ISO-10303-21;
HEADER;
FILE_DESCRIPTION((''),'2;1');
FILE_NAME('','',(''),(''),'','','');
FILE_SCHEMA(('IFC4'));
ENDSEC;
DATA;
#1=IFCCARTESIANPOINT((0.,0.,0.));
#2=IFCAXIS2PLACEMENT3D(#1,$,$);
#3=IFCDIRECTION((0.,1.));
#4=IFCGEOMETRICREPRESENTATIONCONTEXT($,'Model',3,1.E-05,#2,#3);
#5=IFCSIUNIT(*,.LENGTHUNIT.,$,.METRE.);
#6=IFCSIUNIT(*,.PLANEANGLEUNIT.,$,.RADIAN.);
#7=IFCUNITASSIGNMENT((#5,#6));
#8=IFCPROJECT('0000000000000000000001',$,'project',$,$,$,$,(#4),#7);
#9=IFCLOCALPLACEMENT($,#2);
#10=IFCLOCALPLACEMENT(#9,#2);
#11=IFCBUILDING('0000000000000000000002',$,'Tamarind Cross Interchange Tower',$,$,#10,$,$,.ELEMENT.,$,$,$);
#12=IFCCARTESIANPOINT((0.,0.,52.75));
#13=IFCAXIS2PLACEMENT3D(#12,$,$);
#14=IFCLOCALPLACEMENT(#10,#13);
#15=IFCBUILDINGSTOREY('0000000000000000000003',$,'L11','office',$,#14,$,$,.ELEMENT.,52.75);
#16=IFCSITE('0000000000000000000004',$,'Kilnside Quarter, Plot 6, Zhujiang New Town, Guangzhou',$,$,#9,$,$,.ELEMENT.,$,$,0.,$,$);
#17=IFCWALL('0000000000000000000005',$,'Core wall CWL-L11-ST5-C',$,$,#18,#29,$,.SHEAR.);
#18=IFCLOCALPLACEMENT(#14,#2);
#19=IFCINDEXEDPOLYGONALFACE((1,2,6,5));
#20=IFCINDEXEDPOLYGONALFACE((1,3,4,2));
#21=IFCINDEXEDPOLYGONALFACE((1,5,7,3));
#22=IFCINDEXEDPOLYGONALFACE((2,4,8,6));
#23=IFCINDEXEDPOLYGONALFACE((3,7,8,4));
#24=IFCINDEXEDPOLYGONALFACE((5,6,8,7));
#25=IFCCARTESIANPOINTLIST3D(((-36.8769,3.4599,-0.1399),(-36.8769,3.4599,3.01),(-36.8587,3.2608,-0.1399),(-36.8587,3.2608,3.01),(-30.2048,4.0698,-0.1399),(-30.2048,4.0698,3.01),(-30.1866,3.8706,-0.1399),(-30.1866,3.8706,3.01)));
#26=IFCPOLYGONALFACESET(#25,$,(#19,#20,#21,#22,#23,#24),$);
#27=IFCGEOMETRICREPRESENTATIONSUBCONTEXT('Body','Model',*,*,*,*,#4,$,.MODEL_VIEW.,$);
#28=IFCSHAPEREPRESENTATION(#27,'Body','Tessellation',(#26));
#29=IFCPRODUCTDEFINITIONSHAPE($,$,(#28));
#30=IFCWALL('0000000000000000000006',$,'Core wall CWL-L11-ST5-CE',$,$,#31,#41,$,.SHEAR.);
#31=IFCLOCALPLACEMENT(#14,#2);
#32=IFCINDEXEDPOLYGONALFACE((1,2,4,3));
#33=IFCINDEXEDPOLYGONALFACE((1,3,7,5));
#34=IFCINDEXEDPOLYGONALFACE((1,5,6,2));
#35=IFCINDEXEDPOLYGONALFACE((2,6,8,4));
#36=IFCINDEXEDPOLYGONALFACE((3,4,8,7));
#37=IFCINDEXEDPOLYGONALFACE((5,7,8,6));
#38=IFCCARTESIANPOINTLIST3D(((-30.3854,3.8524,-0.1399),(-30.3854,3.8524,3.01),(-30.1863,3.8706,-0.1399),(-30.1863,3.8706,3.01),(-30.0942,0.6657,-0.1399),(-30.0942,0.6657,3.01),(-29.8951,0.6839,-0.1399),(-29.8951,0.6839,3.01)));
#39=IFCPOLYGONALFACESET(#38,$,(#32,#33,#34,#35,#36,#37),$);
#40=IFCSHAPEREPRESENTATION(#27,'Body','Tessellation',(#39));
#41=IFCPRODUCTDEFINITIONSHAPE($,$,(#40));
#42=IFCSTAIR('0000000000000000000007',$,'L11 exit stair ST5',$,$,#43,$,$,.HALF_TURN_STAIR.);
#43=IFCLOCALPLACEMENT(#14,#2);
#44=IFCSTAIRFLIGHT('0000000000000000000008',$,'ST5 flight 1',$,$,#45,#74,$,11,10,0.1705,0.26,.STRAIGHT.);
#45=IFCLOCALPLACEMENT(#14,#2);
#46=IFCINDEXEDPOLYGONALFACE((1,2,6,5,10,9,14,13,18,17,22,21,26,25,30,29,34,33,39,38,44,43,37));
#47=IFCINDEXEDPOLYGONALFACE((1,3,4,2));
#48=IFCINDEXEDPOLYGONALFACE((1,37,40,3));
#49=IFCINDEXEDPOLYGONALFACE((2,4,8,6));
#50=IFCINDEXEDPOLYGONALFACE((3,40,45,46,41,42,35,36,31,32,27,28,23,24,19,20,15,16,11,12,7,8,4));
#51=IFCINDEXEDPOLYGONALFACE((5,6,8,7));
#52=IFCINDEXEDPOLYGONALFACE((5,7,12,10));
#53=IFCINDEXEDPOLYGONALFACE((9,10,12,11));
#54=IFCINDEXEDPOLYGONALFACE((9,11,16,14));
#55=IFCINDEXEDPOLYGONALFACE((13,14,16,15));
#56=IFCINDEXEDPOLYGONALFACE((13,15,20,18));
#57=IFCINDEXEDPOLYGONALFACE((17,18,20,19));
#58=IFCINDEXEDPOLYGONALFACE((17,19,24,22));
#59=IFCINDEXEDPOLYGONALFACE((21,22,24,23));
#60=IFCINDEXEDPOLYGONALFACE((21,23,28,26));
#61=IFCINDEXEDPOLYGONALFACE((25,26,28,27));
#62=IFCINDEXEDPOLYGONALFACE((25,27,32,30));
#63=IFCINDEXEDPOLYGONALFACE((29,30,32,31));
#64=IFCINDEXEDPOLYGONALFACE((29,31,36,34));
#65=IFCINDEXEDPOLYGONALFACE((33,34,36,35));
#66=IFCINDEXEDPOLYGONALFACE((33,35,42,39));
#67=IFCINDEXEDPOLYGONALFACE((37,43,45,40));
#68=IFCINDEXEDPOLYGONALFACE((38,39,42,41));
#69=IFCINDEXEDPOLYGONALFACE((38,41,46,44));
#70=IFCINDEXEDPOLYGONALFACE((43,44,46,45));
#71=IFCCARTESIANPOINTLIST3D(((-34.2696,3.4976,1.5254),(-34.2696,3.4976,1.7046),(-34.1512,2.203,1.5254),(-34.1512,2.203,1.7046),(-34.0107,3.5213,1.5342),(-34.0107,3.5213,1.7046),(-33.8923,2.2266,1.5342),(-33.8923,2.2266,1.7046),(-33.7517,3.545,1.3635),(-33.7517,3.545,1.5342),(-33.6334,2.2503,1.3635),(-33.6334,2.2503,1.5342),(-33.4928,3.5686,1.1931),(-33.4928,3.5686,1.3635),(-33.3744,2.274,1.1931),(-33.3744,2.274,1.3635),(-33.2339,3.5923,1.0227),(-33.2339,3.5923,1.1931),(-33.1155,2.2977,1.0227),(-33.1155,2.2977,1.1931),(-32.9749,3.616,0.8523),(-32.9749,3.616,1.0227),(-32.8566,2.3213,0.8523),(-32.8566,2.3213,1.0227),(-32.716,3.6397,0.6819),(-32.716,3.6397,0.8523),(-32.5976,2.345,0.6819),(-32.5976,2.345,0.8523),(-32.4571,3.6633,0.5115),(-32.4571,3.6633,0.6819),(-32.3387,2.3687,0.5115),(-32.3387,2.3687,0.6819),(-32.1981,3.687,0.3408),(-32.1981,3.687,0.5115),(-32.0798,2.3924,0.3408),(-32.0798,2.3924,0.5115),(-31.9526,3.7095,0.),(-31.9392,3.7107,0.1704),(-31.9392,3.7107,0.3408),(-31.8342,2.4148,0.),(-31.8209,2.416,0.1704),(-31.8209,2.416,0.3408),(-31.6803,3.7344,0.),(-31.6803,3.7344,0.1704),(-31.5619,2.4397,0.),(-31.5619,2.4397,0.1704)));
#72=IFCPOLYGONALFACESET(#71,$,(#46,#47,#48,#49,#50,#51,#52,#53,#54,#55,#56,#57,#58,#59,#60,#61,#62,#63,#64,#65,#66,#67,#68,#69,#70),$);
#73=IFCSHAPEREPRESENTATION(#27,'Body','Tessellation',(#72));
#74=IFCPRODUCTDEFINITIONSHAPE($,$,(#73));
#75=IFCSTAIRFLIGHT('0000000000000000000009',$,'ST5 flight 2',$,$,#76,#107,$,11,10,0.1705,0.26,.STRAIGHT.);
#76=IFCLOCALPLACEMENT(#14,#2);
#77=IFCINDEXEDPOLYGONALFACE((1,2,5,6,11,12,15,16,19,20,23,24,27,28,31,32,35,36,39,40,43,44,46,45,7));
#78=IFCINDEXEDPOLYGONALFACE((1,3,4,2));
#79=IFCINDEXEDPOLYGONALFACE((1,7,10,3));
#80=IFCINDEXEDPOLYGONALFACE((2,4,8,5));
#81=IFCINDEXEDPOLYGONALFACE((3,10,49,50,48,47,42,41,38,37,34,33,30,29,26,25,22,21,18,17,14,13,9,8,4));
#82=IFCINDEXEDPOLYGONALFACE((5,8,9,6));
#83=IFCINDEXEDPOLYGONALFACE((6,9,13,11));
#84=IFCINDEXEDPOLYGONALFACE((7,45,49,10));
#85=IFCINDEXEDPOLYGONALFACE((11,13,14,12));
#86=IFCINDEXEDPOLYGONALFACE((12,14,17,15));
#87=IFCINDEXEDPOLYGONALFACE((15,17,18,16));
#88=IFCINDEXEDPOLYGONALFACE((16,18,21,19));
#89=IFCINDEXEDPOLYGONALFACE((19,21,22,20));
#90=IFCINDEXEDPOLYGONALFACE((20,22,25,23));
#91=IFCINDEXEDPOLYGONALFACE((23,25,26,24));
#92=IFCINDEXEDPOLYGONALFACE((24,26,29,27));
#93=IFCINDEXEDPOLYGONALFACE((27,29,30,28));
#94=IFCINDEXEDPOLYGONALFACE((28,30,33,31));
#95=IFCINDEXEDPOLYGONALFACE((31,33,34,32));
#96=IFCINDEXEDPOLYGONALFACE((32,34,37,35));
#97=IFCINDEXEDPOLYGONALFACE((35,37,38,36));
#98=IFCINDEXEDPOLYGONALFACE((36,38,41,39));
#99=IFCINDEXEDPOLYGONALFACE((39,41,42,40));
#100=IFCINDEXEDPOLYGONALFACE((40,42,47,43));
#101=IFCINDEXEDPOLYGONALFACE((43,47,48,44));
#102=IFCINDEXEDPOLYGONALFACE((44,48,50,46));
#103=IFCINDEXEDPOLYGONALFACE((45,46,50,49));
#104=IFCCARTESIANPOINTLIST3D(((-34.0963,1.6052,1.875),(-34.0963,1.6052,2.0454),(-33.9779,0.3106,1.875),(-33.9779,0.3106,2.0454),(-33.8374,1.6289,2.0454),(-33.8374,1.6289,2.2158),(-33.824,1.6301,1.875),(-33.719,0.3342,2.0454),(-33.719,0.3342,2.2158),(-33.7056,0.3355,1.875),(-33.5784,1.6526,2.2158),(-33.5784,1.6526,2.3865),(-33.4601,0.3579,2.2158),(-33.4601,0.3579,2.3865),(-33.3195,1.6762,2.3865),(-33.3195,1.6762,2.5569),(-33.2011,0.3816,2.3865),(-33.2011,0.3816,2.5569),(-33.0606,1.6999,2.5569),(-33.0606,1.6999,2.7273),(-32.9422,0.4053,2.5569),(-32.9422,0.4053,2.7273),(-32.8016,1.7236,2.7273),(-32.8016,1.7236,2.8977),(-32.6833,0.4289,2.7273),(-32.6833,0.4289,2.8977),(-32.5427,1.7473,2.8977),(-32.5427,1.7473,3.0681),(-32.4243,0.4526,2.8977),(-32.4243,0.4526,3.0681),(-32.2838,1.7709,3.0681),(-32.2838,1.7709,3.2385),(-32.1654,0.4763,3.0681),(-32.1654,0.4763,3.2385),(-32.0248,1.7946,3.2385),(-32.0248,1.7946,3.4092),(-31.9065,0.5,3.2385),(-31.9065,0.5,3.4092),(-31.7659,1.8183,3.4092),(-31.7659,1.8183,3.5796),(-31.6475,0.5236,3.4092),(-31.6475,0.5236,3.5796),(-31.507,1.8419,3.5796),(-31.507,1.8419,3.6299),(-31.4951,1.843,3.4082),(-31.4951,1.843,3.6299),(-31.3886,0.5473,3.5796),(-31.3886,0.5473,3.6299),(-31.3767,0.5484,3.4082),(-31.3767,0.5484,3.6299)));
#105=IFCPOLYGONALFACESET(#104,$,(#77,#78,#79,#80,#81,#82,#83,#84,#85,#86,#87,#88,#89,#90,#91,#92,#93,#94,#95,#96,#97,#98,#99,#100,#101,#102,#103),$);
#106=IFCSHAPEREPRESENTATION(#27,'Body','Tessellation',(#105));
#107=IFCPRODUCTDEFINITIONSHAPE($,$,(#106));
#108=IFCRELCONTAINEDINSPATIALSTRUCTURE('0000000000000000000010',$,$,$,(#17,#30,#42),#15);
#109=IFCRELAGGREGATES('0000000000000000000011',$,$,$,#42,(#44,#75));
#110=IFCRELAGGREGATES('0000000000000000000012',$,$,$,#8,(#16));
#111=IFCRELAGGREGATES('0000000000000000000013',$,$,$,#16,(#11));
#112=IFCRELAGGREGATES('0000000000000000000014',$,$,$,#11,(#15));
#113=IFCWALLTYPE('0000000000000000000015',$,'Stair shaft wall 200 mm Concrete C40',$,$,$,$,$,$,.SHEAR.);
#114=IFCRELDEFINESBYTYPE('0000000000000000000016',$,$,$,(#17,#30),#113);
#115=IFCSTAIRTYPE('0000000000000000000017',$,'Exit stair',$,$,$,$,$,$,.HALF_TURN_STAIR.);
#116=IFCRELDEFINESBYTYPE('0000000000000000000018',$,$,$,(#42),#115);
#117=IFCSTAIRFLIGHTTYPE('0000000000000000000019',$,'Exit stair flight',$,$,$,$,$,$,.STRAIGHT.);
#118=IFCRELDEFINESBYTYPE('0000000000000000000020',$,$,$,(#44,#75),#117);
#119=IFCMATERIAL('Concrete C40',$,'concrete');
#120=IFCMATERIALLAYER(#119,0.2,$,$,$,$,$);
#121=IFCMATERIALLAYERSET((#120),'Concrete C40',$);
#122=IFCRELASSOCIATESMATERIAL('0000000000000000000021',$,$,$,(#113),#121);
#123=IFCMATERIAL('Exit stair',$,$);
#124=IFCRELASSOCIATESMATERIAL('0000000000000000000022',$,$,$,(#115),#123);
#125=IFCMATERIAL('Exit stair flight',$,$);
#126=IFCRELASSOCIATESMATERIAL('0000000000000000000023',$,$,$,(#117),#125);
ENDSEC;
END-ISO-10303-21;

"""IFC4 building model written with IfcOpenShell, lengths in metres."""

from ifc_helpers import new_model, si_unit, direction, frame, frame_2d, origin, place, context, subcontext, project, spatial, polyline, rectangle, outline, extrude, material, layer, layer_set, type_object, element, aggregate, save


model = new_model("IFC4")

# Units and contexts
model_context = context("Model", 3, precision=1e-05, world=origin(), true_north=direction((0.0, 1.0)))
body_context = subcontext(model_context, "Body", "Model", "MODEL_VIEW")
ifc_project = project(units=[si_unit("LENGTHUNIT", "METRE"), si_unit("PLANEANGLEUNIT", "RADIAN")], contexts=[model_context])

# Site, building, storey
site_placement = place(None, origin())
site = spatial("IfcSite", under=ifc_project, at=site_placement, Name="Kilnside Quarter, Plot 6, Zhujiang New Town, Guangzhou", CompositionType="ELEMENT", RefElevation=0.0)
building_placement = place(site_placement, origin())
building = spatial("IfcBuilding", under=site, at=building_placement, Name="Tamarind Cross Interchange Tower", CompositionType="ELEMENT")
storey_placement = place(building_placement, frame((0.0, 0.0, 52.75)))
storey = spatial("IfcBuildingStorey", under=building, at=storey_placement, Name="L11", Description="office", CompositionType="ELEMENT", Elevation=52.75)

# Shared definitions
ifc_material_1 = material(Name="Concrete C40", Category="concrete")
ifc_layer_1 = layer(ifc_material_1, 0.2)
ifc_layer_set_1 = layer_set([ifc_layer_1], Name="Concrete C40")
wall_type_1 = type_object("IfcWallType", Name="Stair shaft wall 200 mm Concrete C40", PredefinedType="SHEAR", material=ifc_layer_set_1)

# Walls
wall_1_placement = place(storey_placement, frame((-30.1956, 3.9702, -0.1399), z_axis=(0.0, 0.0, 1.0), x_axis=(-0.995849, -0.091025, 0.0)))
element("IfcWall", 1, at=wall_1_placement, inside=storey, type_object=wall_type_1, Name="Core wall CWL-L11-ST5-C", PredefinedType="SHEAR", context=body_context, shape_type="SweptSolid", body=[
    extrude(rectangle(XDim=6.7, YDim=0.2, at=frame_2d((3.3501, 0.0))), origin(), (0.0, 0.0, 1.0), 3.1499),
])
wall_2_placement = place(storey_placement, frame((-30.2859, 3.8616, -0.1399), z_axis=(0.0, 0.0, 1.0), x_axis=(0.091017, -0.995849, 0.0)))
element("IfcWall", 2, at=wall_2_placement, inside=storey, type_object=wall_type_1, Name="Core wall CWL-L11-ST5-CE", PredefinedType="SHEAR", context=body_context, shape_type="SweptSolid", body=[
    extrude(rectangle(XDim=3.2, YDim=0.2, at=frame_2d((1.6001, 0.0))), origin(), (0.0, 0.0, 1.0), 3.1499),
])

# Stair, stair flights
ifc_material_2 = material(Name="Exit stair")
stair_type = type_object("IfcStairType", Name="Exit stair", PredefinedType="HALF_TURN_STAIR", material=ifc_material_2)
stair_placement = place(storey_placement, origin())
stair = element("IfcStair", 3, at=stair_placement, inside=storey, type_object=stair_type, Name="L11 exit stair ST5", PredefinedType="HALF_TURN_STAIR")
ifc_material_3 = material(Name="Exit stair flight")
stair_flight_type = type_object("IfcStairFlightType", Name="Exit stair flight", PredefinedType="STRAIGHT", material=ifc_material_3)
stair_flight_1_placement = place(storey_placement, frame((-31.6211, 3.0869, 0.0), z_axis=(0.0, 0.0, 1.0), x_axis=(-0.995846, -0.09105, 0.0)))
stair_flight_1 = element("IfcStairFlight", 4, at=stair_flight_1_placement, type_object=stair_flight_type, Name="ST5 flight 1", NumberOfRisers=11, NumberOfTreads=10, PredefinedType="STRAIGHT", RiserHeight=0.1705, TreadLength=0.26, context=body_context, shape_type="SweptSolid", body=[
    extrude(outline(polyline([(0.0, 0.0), (0.0, 0.1704), (0.26, 0.1704), (0.26, 0.3408), (0.52, 0.3408), (0.52, 0.5115), (0.78, 0.5115), (0.78, 0.6819), (1.04, 0.6819), (1.04, 0.8523), (1.3, 0.8523), (1.3, 1.0227), (1.5601, 1.0227), (1.5601, 1.1931), (1.8201, 1.1931), (1.8201, 1.3635), (2.0801, 1.3635), (2.0801, 1.5342), (2.3401, 1.5342), (2.3401, 1.7046), (2.6001, 1.7046), (2.6001, 1.875), (2.6001, 1.5254), (0.2734, 0.0), (0.0, 0.0)])), frame((0.0, 0.6499, 0.0), z_axis=(0.0, -1.0, 0.0), x_axis=(1.0, 0.0, 0.0)), (0.0, 0.0, 1.0), 1.3),
])
stair_flight_2_placement = place(storey_placement, frame((-34.0371, 0.958, 1.875), z_axis=(0.0, 0.0, 1.0), x_axis=(0.995846, 0.09105, 0.0)))
stair_flight_2 = element("IfcStairFlight", 5, at=stair_flight_2_placement, type_object=stair_flight_type, Name="ST5 flight 2", NumberOfRisers=11, NumberOfTreads=10, PredefinedType="STRAIGHT", RiserHeight=0.1705, TreadLength=0.26, context=body_context, shape_type="SweptSolid", body=[
    extrude(outline(polyline([(0.0, 0.0), (0.0, 0.1704), (0.26, 0.1704), (0.26, 0.3408), (0.52, 0.3408), (0.52, 0.5115), (0.78, 0.5115), (0.78, 0.6819), (1.04, 0.6819), (1.04, 0.8523), (1.3, 0.8523), (1.3, 1.0227), (1.5601, 1.0227), (1.5601, 1.1931), (1.8201, 1.1931), (1.8201, 1.3635), (2.0801, 1.3635), (2.0801, 1.5342), (2.3401, 1.5342), (2.3401, 1.7046), (2.6001, 1.7046), (2.6001, 1.7549), (2.6121, 1.7549), (2.6121, 1.5332), (0.2734, 0.0), (0.0, 0.0)])), frame((0.0, 0.6499, 0.0), z_axis=(0.0, -1.0, 0.0), x_axis=(1.0, 0.0, 0.0)), (0.0, 0.0, 1.0), 1.3),
])
aggregate(stair, [stair_flight_1, stair_flight_2])

save(model, "model.ifc")
